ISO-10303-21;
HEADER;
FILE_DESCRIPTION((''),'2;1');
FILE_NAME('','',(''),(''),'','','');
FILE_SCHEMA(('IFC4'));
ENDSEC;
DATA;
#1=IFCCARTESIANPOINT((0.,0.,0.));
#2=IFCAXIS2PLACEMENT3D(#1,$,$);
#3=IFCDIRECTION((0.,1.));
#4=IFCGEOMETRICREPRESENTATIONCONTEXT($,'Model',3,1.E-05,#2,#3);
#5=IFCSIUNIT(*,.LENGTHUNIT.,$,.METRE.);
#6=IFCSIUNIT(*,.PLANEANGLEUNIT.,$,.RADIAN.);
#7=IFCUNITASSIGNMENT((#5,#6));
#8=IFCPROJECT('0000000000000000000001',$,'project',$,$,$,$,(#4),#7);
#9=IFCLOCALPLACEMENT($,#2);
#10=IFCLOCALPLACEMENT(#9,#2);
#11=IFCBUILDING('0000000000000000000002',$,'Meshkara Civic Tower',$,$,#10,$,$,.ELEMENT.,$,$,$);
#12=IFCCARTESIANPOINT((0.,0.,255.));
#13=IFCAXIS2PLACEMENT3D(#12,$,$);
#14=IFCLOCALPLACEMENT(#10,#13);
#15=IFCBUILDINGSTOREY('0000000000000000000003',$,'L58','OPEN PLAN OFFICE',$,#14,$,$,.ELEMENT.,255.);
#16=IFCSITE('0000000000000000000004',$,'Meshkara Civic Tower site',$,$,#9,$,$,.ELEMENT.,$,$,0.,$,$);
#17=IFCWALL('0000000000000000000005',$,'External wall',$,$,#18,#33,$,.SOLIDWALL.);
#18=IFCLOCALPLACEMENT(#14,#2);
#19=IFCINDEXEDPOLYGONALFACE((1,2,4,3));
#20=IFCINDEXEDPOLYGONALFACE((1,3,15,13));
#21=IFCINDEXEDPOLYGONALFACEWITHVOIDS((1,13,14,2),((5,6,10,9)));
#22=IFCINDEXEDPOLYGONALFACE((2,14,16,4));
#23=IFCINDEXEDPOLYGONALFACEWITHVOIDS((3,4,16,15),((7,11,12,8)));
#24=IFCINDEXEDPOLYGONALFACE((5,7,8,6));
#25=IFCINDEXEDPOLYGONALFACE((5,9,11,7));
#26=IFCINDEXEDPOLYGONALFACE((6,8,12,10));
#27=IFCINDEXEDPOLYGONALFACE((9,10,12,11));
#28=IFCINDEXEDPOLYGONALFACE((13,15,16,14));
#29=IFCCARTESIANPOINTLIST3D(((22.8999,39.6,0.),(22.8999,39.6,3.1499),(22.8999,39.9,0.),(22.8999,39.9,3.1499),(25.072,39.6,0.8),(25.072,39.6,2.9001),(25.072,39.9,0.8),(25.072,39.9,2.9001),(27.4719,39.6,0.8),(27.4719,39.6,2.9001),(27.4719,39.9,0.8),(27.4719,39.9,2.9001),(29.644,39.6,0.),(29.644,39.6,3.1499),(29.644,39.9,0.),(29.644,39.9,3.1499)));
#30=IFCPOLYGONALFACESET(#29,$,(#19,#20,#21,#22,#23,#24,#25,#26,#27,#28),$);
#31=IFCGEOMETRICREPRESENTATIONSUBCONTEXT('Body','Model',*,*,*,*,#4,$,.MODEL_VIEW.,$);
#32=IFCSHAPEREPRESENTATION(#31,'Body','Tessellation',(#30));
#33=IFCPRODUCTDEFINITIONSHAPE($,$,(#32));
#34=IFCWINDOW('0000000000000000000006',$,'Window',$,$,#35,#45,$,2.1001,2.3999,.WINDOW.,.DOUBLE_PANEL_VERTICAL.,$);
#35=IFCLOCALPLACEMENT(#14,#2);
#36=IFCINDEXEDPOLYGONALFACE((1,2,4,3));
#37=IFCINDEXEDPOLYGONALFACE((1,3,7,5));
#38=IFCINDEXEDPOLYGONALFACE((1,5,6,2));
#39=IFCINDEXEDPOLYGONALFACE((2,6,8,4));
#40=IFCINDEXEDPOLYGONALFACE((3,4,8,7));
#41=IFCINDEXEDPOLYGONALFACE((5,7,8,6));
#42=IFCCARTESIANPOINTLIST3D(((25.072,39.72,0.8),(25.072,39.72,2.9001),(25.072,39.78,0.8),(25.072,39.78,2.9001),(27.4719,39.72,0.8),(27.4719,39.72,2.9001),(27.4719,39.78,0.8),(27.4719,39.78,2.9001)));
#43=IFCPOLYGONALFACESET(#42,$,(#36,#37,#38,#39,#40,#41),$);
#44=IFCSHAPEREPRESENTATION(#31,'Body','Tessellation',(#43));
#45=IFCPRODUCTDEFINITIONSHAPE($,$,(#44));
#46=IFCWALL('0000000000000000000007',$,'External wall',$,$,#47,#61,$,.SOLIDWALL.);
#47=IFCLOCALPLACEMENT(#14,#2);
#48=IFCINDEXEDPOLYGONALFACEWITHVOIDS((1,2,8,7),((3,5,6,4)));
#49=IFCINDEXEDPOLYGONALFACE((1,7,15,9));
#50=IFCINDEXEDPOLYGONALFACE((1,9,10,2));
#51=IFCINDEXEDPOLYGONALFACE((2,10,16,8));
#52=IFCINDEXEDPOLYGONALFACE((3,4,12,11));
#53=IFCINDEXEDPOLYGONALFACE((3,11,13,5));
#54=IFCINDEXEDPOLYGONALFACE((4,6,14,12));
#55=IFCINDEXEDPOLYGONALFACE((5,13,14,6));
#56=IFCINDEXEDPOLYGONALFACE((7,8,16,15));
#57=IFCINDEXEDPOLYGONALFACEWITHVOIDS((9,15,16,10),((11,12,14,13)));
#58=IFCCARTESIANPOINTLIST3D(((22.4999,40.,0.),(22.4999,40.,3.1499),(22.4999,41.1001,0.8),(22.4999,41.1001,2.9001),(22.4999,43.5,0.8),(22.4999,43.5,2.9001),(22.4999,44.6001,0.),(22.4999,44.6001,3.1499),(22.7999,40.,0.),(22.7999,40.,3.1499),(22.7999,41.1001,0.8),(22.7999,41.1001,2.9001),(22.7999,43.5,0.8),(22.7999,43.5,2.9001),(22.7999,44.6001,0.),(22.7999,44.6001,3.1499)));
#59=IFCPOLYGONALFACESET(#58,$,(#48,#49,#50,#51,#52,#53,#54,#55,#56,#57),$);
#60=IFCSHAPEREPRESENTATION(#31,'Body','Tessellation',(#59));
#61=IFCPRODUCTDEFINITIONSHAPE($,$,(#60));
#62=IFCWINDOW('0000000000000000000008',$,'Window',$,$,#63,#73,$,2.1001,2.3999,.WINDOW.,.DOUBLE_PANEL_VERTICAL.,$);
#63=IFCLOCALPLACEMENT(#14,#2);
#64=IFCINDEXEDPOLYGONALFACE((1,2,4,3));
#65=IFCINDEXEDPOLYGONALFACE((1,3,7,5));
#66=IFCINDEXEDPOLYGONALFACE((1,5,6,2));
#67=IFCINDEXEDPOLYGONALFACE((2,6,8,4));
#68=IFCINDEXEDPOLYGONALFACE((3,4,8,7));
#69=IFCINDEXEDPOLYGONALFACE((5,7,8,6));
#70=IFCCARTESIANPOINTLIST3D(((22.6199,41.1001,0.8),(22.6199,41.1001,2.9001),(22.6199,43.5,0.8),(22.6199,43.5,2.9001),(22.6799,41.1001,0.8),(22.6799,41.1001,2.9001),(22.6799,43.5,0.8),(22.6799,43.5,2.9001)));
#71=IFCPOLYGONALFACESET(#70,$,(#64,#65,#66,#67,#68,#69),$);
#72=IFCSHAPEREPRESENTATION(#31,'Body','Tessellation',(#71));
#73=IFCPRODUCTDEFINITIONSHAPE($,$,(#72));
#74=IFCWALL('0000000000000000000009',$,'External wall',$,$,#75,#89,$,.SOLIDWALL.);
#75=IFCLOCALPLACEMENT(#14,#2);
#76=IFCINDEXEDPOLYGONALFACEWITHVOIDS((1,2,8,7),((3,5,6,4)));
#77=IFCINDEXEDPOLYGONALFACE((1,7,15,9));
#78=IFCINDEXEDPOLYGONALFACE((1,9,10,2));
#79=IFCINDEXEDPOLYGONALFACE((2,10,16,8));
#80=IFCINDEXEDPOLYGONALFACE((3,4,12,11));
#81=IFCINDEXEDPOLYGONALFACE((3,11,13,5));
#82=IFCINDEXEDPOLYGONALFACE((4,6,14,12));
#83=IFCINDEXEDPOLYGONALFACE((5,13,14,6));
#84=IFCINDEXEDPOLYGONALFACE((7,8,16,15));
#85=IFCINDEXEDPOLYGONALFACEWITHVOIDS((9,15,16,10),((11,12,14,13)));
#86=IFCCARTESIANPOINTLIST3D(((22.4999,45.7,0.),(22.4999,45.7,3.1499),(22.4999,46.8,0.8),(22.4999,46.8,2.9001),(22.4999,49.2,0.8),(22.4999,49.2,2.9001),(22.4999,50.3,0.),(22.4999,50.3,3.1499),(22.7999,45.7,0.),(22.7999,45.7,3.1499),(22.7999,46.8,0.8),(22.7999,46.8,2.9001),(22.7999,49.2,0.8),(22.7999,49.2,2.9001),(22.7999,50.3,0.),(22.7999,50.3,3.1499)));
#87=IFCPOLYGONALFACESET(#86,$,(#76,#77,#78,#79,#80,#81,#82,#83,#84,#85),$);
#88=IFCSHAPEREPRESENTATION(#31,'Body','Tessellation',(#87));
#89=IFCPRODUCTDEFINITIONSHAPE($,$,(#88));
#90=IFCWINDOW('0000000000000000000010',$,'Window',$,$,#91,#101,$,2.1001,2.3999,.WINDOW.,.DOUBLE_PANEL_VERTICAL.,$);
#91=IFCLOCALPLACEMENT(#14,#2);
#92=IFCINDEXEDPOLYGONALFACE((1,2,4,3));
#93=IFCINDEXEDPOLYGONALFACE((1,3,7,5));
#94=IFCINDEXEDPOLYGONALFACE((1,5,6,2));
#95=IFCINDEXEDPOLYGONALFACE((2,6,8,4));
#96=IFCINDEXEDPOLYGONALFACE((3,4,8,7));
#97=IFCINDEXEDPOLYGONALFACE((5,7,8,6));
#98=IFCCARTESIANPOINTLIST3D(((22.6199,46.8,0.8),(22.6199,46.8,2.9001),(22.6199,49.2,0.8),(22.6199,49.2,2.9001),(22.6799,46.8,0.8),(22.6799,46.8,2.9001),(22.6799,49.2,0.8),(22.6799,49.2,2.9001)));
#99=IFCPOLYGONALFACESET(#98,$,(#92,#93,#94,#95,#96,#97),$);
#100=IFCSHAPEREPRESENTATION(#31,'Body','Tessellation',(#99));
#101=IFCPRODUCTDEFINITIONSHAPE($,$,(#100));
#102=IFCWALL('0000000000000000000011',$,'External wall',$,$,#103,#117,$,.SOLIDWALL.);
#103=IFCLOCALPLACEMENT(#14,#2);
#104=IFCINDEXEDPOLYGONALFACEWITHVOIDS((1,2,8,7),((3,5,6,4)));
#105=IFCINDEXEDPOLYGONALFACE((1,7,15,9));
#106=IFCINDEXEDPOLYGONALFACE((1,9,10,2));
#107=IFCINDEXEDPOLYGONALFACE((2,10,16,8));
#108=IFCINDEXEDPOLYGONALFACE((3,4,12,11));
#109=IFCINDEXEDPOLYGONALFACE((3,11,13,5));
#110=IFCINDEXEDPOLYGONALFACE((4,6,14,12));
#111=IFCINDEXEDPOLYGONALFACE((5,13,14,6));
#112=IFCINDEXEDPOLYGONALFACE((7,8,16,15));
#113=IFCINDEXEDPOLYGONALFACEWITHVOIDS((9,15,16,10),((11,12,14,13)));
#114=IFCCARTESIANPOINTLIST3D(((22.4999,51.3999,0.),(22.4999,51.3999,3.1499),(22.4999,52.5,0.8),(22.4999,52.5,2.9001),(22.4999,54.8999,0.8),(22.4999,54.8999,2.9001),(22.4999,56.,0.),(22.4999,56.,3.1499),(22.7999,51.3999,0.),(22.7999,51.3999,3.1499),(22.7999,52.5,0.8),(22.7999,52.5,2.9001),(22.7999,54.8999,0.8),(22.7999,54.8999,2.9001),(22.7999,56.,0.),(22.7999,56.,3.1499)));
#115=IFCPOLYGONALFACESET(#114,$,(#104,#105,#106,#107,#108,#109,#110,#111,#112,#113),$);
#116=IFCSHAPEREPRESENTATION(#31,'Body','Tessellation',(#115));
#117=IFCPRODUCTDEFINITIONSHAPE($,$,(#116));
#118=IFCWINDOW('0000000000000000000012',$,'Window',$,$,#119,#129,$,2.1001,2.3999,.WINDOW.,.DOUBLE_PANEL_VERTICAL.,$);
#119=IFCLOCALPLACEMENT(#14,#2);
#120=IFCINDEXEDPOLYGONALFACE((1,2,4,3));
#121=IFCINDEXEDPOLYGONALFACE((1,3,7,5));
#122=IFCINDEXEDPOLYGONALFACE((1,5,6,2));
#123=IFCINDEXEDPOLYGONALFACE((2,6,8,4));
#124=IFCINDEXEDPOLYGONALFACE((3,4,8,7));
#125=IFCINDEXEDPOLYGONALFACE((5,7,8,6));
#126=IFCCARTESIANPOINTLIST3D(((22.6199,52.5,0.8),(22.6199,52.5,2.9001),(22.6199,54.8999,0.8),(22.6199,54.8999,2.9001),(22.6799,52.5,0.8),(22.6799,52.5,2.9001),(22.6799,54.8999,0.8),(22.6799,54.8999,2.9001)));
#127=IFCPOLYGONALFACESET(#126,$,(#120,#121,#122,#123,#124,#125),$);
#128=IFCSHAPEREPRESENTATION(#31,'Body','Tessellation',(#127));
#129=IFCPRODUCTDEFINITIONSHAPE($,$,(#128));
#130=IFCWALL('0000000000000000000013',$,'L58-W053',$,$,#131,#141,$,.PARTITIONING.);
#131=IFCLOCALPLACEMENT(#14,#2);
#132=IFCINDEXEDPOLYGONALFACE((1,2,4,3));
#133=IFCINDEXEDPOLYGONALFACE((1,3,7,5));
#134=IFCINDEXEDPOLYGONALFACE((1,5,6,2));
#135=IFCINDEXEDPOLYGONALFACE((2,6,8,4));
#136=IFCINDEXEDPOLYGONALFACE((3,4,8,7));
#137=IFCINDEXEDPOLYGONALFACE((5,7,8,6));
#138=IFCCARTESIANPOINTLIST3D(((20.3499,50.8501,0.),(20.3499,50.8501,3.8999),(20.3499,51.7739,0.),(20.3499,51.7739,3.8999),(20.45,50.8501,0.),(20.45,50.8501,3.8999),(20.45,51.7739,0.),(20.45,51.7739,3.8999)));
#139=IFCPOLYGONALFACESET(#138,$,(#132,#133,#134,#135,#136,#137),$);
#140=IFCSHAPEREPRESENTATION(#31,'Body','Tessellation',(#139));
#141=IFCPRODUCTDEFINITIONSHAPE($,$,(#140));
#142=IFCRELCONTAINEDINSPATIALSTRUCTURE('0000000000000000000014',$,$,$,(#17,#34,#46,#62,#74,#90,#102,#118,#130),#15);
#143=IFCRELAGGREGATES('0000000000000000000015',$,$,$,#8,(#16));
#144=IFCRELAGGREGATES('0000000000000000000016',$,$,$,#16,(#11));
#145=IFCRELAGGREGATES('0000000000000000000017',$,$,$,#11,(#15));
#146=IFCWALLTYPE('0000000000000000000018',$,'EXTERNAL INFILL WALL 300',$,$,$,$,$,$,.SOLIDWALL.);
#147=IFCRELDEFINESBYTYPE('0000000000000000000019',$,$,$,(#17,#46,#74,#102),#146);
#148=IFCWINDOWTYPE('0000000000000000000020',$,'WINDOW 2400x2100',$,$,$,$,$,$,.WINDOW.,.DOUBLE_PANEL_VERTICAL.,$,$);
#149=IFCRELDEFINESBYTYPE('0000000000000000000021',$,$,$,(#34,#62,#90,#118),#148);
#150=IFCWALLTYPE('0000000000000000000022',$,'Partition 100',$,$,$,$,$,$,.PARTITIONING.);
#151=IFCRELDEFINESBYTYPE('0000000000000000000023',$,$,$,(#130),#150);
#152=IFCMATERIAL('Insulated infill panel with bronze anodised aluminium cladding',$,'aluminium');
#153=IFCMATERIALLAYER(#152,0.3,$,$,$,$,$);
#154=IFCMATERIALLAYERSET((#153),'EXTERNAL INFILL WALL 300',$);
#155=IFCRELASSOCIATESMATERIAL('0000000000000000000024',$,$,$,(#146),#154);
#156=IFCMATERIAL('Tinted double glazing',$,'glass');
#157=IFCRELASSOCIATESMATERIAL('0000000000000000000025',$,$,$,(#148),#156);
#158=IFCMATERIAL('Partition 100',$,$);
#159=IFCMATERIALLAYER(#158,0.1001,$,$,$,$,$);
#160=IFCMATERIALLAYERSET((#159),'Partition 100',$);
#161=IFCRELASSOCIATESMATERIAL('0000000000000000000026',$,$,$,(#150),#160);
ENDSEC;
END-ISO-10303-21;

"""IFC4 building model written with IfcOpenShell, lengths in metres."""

from ifc_helpers import new_model, si_unit, direction, frame, frame_2d, origin, place, context, subcontext, project, spatial, rectangle, extrude, material, layer, layer_set, type_object, element, fill, save


model = new_model("IFC4")

# Units and contexts
model_context = context("Model", 3, precision=1e-05, world=origin(), true_north=direction((0.0, 1.0)))
body_context = subcontext(model_context, "Body", "Model", "MODEL_VIEW")
ifc_project = project(units=[si_unit("LENGTHUNIT", "METRE"), si_unit("PLANEANGLEUNIT", "RADIAN")], contexts=[model_context])

# Site, building, storey
site_placement = place(None, origin())
site = spatial("IfcSite", under=ifc_project, at=site_placement, Name="Meshkara Civic Tower site", CompositionType="ELEMENT", RefElevation=0.0)
building_placement = place(site_placement, origin())
building = spatial("IfcBuilding", under=site, at=building_placement, Name="Meshkara Civic Tower", CompositionType="ELEMENT")
storey_placement = place(building_placement, frame((0.0, 0.0, 255.0)))
storey = spatial("IfcBuildingStorey", under=building, at=storey_placement, Name="L58", Description="OPEN PLAN OFFICE", CompositionType="ELEMENT", Elevation=255.0)

# Walls, openings, windows
ifc_material_1 = material(Name="Insulated infill panel with bronze anodised aluminium cladding", Category="aluminium")
ifc_layer_1 = layer(ifc_material_1, 0.3)
ifc_layer_set_1 = layer_set([ifc_layer_1], Name="EXTERNAL INFILL WALL 300")
wall_type_1 = type_object("IfcWallType", Name="EXTERNAL INFILL WALL 300", PredefinedType="SOLIDWALL", material=ifc_layer_set_1)
wall_1_placement = place(storey_placement, frame((29.644, 39.75, 0.0), z_axis=(0.0, 0.0, 1.0), x_axis=(-1.0, 0.0, 0.0)))
wall_1 = element("IfcWall", 1, at=wall_1_placement, inside=storey, type_object=wall_type_1, Name="External wall", PredefinedType="SOLIDWALL", context=body_context, shape_type="SweptSolid", body=[
    extrude(rectangle(XDim=6.7441, YDim=0.3, at=frame_2d((3.3721, 0.0))), origin(), (0.0, 0.0, 1.0), 3.1499),
])
opening_1_placement = place(wall_1_placement, frame((2.1721, 0.0, 0.8)))
opening_1 = element("IfcOpeningElement", 2, at=opening_1_placement, cuts=wall_1, PredefinedType="OPENING", context=body_context, shape_type="SweptSolid", body=[
    extrude(rectangle(XDim=2.3999, YDim=2.1001, at=frame_2d((1.2, 1.05))), frame((0.0, 0.1599, 0.0), z_axis=(0.0, -1.0, 0.0), x_axis=(1.0, 0.0, 0.0)), (0.0, 0.0, 1.0), 0.3201),
])
ifc_material_2 = material(Name="Tinted double glazing", Category="glass")
window_type = type_object("IfcWindowType", Name="WINDOW 2400x2100", PartitioningType="DOUBLE_PANEL_VERTICAL", PredefinedType="WINDOW", material=ifc_material_2)
window_1_placement = place(opening_1_placement, origin())
window_1 = element("IfcWindow", 3, at=window_1_placement, inside=storey, type_object=window_type, Name="Window", OverallHeight=2.1001, OverallWidth=2.3999, PartitioningType="DOUBLE_PANEL_VERTICAL", PredefinedType="WINDOW", context=body_context, shape_type="SweptSolid", body=[
    extrude(rectangle(XDim=2.3999, YDim=2.1001, at=frame_2d((1.2, 1.05))), frame((0.0, 0.03, 0.0), z_axis=(0.0, -1.0, 0.0), x_axis=(1.0, 0.0, 0.0)), (0.0, 0.0, 1.0), 0.0601),
])
fill(opening_1, window_1)
wall_2_placement = place(storey_placement, frame((22.6499, 40.0, 0.0), z_axis=(0.0, 0.0, 1.0), x_axis=(0.0, 1.0, 0.0)))
wall_2 = element("IfcWall", 4, at=wall_2_placement, inside=storey, type_object=wall_type_1, Name="External wall", PredefinedType="SOLIDWALL", context=body_context, shape_type="SweptSolid", body=[
    extrude(rectangle(XDim=4.6001, YDim=0.3, at=frame_2d((2.3, 0.0))), origin(), (0.0, 0.0, 1.0), 3.1499),
])
opening_2_placement = place(wall_2_placement, frame((1.1001, 0.0, 0.8)))
opening_2 = element("IfcOpeningElement", 5, at=opening_2_placement, cuts=wall_2, PredefinedType="OPENING", context=body_context, shape_type="SweptSolid", body=[
    extrude(rectangle(XDim=2.3999, YDim=2.1001, at=frame_2d((1.2, 1.05))), frame((0.0, 0.1599, 0.0), z_axis=(0.0, -1.0, 0.0), x_axis=(1.0, 0.0, 0.0)), (0.0, 0.0, 1.0), 0.3201),
])
window_2_placement = place(opening_2_placement, origin())
window_2 = element("IfcWindow", 6, at=window_2_placement, inside=storey, type_object=window_type, Name="Window", OverallHeight=2.1001, OverallWidth=2.3999, PartitioningType="DOUBLE_PANEL_VERTICAL", PredefinedType="WINDOW", context=body_context, shape_type="SweptSolid", body=[
    extrude(rectangle(XDim=2.3999, YDim=2.1001, at=frame_2d((1.2, 1.05))), frame((0.0, 0.03, 0.0), z_axis=(0.0, -1.0, 0.0), x_axis=(1.0, 0.0, 0.0)), (0.0, 0.0, 1.0), 0.0601),
])
fill(opening_2, window_2)
wall_3_placement = place(storey_placement, frame((22.6499, 45.7, 0.0), z_axis=(0.0, 0.0, 1.0), x_axis=(0.0, 1.0, 0.0)))
wall_3 = element("IfcWall", 7, at=wall_3_placement, inside=storey, type_object=wall_type_1, Name="External wall", PredefinedType="SOLIDWALL", context=body_context, shape_type="SweptSolid", body=[
    extrude(rectangle(XDim=4.6001, YDim=0.3, at=frame_2d((2.3, 0.0))), origin(), (0.0, 0.0, 1.0), 3.1499),
])
opening_3_placement = place(wall_3_placement, frame((1.1001, 0.0, 0.8)))
opening_3 = element("IfcOpeningElement", 8, at=opening_3_placement, cuts=wall_3, PredefinedType="OPENING", context=body_context, shape_type="SweptSolid", body=[
    extrude(rectangle(XDim=2.3999, YDim=2.1001, at=frame_2d((1.2, 1.05))), frame((0.0, 0.1599, 0.0), z_axis=(0.0, -1.0, 0.0), x_axis=(1.0, 0.0, 0.0)), (0.0, 0.0, 1.0), 0.3201),
])
window_3_placement = place(opening_3_placement, origin())
window_3 = element("IfcWindow", 9, at=window_3_placement, inside=storey, type_object=window_type, Name="Window", OverallHeight=2.1001, OverallWidth=2.3999, PartitioningType="DOUBLE_PANEL_VERTICAL", PredefinedType="WINDOW", context=body_context, shape_type="SweptSolid", body=[
    extrude(rectangle(XDim=2.3999, YDim=2.1001, at=frame_2d((1.2, 1.05))), frame((0.0, 0.03, 0.0), z_axis=(0.0, -1.0, 0.0), x_axis=(1.0, 0.0, 0.0)), (0.0, 0.0, 1.0), 0.0601),
])
fill(opening_3, window_3)
wall_4_placement = place(storey_placement, frame((22.6499, 51.3999, 0.0), z_axis=(0.0, 0.0, 1.0), x_axis=(0.0, 1.0, 0.0)))
wall_4 = element("IfcWall", 10, at=wall_4_placement, inside=storey, type_object=wall_type_1, Name="External wall", PredefinedType="SOLIDWALL", context=body_context, shape_type="SweptSolid", body=[
    extrude(rectangle(XDim=4.6001, YDim=0.3, at=frame_2d((2.3, 0.0))), origin(), (0.0, 0.0, 1.0), 3.1499),
])
opening_4_placement = place(wall_4_placement, frame((1.1001, 0.0, 0.8)))
opening_4 = element("IfcOpeningElement", 11, at=opening_4_placement, cuts=wall_4, PredefinedType="OPENING", context=body_context, shape_type="SweptSolid", body=[
    extrude(rectangle(XDim=2.3999, YDim=2.1001, at=frame_2d((1.2, 1.05))), frame((0.0, 0.1599, 0.0), z_axis=(0.0, -1.0, 0.0), x_axis=(1.0, 0.0, 0.0)), (0.0, 0.0, 1.0), 0.3201),
])
window_4_placement = place(opening_4_placement, origin())
window_4 = element("IfcWindow", 12, at=window_4_placement, inside=storey, type_object=window_type, Name="Window", OverallHeight=2.1001, OverallWidth=2.3999, PartitioningType="DOUBLE_PANEL_VERTICAL", PredefinedType="WINDOW", context=body_context, shape_type="SweptSolid", body=[
    extrude(rectangle(XDim=2.3999, YDim=2.1001, at=frame_2d((1.2, 1.05))), frame((0.0, 0.03, 0.0), z_axis=(0.0, -1.0, 0.0), x_axis=(1.0, 0.0, 0.0)), (0.0, 0.0, 1.0), 0.0601),
])
fill(opening_4, window_4)

# Wall
ifc_material_3 = material(Name="Partition 100")
ifc_layer_2 = layer(ifc_material_3, 0.1001)
ifc_layer_set_2 = layer_set([ifc_layer_2], Name="Partition 100")
wall_type_2 = type_object("IfcWallType", Name="Partition 100", PredefinedType="PARTITIONING", material=ifc_layer_set_2)
wall_5_placement = place(storey_placement, frame((20.3999, 50.8501, 0.0), z_axis=(0.0, 0.0, 1.0), x_axis=(0.0, 1.0, 0.0)))
element("IfcWall", 13, at=wall_5_placement, inside=storey, type_object=wall_type_2, Name="L58-W053", PredefinedType="PARTITIONING", context=body_context, shape_type="SweptSolid", body=[
    extrude(rectangle(XDim=0.9238, YDim=0.1001, at=frame_2d((0.4619, 0.0))), origin(), (0.0, 0.0, 1.0), 3.8999),
])

save(model, "model.ifc")
